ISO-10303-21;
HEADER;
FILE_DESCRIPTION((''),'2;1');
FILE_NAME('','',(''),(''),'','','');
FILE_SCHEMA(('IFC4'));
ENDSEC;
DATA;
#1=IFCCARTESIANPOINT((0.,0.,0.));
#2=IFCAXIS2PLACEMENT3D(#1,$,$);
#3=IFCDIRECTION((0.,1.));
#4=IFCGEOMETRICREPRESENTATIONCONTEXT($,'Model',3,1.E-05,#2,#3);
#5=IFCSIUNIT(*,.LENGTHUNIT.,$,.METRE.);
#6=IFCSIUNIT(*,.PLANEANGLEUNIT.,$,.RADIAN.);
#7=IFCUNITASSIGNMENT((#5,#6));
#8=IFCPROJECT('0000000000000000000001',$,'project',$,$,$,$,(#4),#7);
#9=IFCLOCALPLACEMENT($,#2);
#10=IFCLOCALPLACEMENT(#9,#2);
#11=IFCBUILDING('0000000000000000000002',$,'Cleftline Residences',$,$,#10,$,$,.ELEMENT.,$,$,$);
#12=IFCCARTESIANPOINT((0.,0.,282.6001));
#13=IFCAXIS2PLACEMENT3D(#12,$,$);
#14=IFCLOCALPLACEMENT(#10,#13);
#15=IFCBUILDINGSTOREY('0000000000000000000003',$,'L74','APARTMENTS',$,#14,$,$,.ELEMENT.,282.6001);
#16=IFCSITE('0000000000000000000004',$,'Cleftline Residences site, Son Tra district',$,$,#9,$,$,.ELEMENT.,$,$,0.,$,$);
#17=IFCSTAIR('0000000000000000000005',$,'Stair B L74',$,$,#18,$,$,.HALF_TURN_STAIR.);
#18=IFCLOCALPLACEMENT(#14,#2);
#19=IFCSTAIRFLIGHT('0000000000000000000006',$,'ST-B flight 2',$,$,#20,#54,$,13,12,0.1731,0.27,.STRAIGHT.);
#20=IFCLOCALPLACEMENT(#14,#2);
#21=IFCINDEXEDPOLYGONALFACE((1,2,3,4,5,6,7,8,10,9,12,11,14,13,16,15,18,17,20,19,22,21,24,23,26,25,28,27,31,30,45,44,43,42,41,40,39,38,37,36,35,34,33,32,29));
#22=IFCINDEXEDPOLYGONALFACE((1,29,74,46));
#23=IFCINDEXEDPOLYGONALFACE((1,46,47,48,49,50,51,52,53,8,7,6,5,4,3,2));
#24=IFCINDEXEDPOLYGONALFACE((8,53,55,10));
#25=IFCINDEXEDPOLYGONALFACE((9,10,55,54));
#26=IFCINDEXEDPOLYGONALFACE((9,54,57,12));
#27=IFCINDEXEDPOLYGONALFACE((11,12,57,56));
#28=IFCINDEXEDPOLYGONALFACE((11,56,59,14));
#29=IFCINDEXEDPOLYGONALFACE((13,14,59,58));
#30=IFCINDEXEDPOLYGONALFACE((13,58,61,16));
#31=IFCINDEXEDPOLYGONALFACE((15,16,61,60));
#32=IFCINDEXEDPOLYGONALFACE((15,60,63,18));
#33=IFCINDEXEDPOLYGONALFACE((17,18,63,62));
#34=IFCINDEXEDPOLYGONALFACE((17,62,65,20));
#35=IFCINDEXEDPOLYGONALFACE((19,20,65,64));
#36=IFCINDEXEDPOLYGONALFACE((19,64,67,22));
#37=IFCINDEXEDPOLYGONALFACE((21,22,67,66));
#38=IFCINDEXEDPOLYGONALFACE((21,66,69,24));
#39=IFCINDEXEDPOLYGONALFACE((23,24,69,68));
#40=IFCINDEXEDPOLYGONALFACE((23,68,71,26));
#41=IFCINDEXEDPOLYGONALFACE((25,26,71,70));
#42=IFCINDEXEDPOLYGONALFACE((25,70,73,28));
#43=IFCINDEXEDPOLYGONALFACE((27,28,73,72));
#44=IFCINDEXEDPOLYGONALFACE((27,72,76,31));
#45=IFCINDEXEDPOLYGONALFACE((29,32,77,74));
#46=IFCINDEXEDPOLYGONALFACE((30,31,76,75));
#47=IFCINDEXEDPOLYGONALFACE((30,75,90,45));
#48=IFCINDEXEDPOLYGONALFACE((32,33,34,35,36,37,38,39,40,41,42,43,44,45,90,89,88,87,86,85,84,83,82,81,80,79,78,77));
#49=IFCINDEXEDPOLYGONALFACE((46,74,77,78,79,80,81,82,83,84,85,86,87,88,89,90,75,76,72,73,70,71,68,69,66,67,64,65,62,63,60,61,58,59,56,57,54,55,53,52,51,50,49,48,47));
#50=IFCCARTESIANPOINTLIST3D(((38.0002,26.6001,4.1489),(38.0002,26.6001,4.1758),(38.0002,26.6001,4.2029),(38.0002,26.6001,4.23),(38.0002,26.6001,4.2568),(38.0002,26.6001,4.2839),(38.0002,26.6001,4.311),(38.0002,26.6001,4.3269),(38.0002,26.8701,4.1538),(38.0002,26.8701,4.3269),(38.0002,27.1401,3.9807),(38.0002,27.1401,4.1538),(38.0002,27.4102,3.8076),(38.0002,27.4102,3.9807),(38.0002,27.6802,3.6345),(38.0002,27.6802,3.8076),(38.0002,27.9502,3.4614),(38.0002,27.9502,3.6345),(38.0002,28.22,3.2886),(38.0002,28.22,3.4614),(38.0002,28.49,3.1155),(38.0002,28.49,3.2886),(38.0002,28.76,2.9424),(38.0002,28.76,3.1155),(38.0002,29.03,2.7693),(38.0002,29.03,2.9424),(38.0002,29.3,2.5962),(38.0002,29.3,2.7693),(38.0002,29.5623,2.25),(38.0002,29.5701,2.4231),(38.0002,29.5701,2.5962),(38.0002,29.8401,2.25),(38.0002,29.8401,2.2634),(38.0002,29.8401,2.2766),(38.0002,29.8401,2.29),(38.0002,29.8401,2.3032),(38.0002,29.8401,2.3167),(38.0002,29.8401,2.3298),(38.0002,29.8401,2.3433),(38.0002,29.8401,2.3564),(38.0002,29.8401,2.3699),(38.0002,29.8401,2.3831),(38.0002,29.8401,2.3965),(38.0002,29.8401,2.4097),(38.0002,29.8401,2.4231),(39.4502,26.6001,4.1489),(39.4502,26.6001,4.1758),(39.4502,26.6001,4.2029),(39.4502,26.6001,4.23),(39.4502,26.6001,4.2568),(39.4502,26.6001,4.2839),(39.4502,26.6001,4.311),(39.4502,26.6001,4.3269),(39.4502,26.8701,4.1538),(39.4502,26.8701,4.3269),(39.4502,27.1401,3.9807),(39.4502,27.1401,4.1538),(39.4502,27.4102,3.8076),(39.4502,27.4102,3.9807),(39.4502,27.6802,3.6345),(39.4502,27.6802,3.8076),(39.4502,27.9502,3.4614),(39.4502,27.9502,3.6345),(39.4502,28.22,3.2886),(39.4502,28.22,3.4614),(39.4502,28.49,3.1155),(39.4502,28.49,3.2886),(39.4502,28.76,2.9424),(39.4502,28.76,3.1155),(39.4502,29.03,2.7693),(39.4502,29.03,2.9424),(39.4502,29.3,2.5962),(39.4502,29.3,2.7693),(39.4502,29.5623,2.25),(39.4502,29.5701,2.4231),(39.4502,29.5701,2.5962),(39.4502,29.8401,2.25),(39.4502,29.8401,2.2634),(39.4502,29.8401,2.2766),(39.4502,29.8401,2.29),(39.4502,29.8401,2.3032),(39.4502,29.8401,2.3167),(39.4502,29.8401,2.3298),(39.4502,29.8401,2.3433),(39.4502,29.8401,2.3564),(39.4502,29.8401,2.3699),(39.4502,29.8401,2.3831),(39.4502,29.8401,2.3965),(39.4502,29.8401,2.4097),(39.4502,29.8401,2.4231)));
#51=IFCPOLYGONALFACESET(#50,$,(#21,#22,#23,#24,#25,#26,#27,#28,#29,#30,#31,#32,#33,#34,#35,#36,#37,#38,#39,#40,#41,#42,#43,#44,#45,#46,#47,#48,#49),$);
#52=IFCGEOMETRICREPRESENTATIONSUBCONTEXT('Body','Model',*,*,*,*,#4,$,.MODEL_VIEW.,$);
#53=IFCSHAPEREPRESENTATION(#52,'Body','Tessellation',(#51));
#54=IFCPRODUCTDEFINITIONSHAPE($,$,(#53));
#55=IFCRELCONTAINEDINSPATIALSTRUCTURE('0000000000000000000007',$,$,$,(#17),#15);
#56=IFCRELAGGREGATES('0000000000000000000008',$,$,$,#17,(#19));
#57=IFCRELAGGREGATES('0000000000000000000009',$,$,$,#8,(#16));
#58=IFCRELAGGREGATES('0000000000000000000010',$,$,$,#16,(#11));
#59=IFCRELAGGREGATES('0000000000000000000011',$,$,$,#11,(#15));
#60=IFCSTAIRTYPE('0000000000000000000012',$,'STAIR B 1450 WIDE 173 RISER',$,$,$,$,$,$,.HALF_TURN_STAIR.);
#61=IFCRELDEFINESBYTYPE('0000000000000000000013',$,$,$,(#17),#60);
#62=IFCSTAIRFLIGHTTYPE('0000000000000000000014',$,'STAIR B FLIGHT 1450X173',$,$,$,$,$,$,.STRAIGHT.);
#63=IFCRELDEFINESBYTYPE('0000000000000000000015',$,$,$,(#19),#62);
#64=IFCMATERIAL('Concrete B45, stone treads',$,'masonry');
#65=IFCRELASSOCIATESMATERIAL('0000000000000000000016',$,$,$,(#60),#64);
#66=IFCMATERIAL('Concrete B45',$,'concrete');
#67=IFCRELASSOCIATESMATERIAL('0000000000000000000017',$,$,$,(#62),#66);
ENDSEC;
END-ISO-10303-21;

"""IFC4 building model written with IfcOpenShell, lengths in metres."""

from ifc_helpers import new_model, si_unit, direction, frame, origin, place, context, subcontext, project, spatial, polyline, outline, extrude, material, type_object, element, aggregate, save


model = new_model("IFC4")

# Units and contexts
model_context = context("Model", 3, precision=1e-05, world=origin(), true_north=direction((0.0, 1.0)))
body_context = subcontext(model_context, "Body", "Model", "MODEL_VIEW")
ifc_project = project(units=[si_unit("LENGTHUNIT", "METRE"), si_unit("PLANEANGLEUNIT", "RADIAN")], contexts=[model_context])

# Site, building, storey
site_placement = place(None, origin())
site = spatial("IfcSite", under=ifc_project, at=site_placement, Name="Cleftline Residences site, Son Tra district", CompositionType="ELEMENT", RefElevation=0.0)
building_placement = place(site_placement, origin())
building = spatial("IfcBuilding", under=site, at=building_placement, Name="Cleftline Residences", CompositionType="ELEMENT")
storey_placement = place(building_placement, frame((0.0, 0.0, 282.6001)))
storey = spatial("IfcBuildingStorey", under=building, at=storey_placement, Name="L74", Description="APARTMENTS", CompositionType="ELEMENT", Elevation=282.6001)

# Stair, stair flight
ifc_material_1 = material(Name="Concrete B45, stone treads", Category="masonry")
stair_type_1 = type_object("IfcStairType", Name="STAIR B 1450 WIDE 173 RISER", PredefinedType="HALF_TURN_STAIR", material=ifc_material_1)
stair_1_placement = place(storey_placement, origin())
stair_1 = element("IfcStair", 1, at=stair_1_placement, inside=storey, type_object=stair_type_1, Name="Stair B L74", PredefinedType="HALF_TURN_STAIR")
ifc_material_2 = material(Name="Concrete B45", Category="concrete")
stair_flight_type_1 = type_object("IfcStairFlightType", Name="STAIR B FLIGHT 1450X173", PredefinedType="STRAIGHT", material=ifc_material_2)
stair_flight_1_placement = place(storey_placement, frame((38.7251, 29.8401, 2.25), z_axis=(0.0, 0.0, 1.0), x_axis=(0.0, -1.0, 0.0)))
stair_flight_1 = element("IfcStairFlight", 2, at=stair_flight_1_placement, type_object=stair_flight_type_1, Name="ST-B flight 2", NumberOfRisers=13, NumberOfTreads=12, PredefinedType="STRAIGHT", RiserHeight=0.1731, TreadLength=0.27, context=body_context, shape_type="SweptSolid", body=[
    extrude(outline(polyline([(0.0, 0.0), (0.0, 0.0134), (0.0, 0.0266), (0.0, 0.04), (0.0, 0.0532), (0.0, 0.0667), (0.0, 0.0798), (0.0, 0.0933), (0.0, 0.1064), (0.0, 0.1199), (0.0, 0.1331), (0.0, 0.1465), (0.0, 0.1597), (0.0, 0.1731), (0.27, 0.1731), (0.27, 0.3462), (0.54, 0.3462), (0.54, 0.5193), (0.8101, 0.5193), (0.8101, 0.6924), (1.0801, 0.6924), (1.0801, 0.8655), (1.3501, 0.8655), (1.3501, 1.0386), (1.6201, 1.0386), (1.6201, 1.2114), (1.8899, 1.2114), (1.8899, 1.3845), (2.1599, 1.3845), (2.1599, 1.5576), (2.4299, 1.5576), (2.4299, 1.7307), (2.7, 1.7307), (2.7, 1.9038), (2.97, 1.9038), (2.97, 2.0769), (3.24, 2.0769), (3.24, 2.25), (3.24, 2.2229), (3.24, 2.196), (3.24, 2.1689), (3.24, 2.1418), (3.24, 2.115), (3.24, 2.0879), (3.24, 2.061), (3.24, 2.0339), (3.24, 2.0068), (3.24, 1.98), (3.24, 1.9529), (3.24, 1.9258), (3.24, 1.8989), (0.2778, 0.0), (0.0, 0.0)])), frame((0.0, 0.7251, 0.0), z_axis=(0.0, -1.0, 0.0), x_axis=(1.0, 0.0, 0.0)), (0.0, 0.0, 1.0), 1.45),
])
aggregate(stair_1, [stair_flight_1])

save(model, "model.ifc")
